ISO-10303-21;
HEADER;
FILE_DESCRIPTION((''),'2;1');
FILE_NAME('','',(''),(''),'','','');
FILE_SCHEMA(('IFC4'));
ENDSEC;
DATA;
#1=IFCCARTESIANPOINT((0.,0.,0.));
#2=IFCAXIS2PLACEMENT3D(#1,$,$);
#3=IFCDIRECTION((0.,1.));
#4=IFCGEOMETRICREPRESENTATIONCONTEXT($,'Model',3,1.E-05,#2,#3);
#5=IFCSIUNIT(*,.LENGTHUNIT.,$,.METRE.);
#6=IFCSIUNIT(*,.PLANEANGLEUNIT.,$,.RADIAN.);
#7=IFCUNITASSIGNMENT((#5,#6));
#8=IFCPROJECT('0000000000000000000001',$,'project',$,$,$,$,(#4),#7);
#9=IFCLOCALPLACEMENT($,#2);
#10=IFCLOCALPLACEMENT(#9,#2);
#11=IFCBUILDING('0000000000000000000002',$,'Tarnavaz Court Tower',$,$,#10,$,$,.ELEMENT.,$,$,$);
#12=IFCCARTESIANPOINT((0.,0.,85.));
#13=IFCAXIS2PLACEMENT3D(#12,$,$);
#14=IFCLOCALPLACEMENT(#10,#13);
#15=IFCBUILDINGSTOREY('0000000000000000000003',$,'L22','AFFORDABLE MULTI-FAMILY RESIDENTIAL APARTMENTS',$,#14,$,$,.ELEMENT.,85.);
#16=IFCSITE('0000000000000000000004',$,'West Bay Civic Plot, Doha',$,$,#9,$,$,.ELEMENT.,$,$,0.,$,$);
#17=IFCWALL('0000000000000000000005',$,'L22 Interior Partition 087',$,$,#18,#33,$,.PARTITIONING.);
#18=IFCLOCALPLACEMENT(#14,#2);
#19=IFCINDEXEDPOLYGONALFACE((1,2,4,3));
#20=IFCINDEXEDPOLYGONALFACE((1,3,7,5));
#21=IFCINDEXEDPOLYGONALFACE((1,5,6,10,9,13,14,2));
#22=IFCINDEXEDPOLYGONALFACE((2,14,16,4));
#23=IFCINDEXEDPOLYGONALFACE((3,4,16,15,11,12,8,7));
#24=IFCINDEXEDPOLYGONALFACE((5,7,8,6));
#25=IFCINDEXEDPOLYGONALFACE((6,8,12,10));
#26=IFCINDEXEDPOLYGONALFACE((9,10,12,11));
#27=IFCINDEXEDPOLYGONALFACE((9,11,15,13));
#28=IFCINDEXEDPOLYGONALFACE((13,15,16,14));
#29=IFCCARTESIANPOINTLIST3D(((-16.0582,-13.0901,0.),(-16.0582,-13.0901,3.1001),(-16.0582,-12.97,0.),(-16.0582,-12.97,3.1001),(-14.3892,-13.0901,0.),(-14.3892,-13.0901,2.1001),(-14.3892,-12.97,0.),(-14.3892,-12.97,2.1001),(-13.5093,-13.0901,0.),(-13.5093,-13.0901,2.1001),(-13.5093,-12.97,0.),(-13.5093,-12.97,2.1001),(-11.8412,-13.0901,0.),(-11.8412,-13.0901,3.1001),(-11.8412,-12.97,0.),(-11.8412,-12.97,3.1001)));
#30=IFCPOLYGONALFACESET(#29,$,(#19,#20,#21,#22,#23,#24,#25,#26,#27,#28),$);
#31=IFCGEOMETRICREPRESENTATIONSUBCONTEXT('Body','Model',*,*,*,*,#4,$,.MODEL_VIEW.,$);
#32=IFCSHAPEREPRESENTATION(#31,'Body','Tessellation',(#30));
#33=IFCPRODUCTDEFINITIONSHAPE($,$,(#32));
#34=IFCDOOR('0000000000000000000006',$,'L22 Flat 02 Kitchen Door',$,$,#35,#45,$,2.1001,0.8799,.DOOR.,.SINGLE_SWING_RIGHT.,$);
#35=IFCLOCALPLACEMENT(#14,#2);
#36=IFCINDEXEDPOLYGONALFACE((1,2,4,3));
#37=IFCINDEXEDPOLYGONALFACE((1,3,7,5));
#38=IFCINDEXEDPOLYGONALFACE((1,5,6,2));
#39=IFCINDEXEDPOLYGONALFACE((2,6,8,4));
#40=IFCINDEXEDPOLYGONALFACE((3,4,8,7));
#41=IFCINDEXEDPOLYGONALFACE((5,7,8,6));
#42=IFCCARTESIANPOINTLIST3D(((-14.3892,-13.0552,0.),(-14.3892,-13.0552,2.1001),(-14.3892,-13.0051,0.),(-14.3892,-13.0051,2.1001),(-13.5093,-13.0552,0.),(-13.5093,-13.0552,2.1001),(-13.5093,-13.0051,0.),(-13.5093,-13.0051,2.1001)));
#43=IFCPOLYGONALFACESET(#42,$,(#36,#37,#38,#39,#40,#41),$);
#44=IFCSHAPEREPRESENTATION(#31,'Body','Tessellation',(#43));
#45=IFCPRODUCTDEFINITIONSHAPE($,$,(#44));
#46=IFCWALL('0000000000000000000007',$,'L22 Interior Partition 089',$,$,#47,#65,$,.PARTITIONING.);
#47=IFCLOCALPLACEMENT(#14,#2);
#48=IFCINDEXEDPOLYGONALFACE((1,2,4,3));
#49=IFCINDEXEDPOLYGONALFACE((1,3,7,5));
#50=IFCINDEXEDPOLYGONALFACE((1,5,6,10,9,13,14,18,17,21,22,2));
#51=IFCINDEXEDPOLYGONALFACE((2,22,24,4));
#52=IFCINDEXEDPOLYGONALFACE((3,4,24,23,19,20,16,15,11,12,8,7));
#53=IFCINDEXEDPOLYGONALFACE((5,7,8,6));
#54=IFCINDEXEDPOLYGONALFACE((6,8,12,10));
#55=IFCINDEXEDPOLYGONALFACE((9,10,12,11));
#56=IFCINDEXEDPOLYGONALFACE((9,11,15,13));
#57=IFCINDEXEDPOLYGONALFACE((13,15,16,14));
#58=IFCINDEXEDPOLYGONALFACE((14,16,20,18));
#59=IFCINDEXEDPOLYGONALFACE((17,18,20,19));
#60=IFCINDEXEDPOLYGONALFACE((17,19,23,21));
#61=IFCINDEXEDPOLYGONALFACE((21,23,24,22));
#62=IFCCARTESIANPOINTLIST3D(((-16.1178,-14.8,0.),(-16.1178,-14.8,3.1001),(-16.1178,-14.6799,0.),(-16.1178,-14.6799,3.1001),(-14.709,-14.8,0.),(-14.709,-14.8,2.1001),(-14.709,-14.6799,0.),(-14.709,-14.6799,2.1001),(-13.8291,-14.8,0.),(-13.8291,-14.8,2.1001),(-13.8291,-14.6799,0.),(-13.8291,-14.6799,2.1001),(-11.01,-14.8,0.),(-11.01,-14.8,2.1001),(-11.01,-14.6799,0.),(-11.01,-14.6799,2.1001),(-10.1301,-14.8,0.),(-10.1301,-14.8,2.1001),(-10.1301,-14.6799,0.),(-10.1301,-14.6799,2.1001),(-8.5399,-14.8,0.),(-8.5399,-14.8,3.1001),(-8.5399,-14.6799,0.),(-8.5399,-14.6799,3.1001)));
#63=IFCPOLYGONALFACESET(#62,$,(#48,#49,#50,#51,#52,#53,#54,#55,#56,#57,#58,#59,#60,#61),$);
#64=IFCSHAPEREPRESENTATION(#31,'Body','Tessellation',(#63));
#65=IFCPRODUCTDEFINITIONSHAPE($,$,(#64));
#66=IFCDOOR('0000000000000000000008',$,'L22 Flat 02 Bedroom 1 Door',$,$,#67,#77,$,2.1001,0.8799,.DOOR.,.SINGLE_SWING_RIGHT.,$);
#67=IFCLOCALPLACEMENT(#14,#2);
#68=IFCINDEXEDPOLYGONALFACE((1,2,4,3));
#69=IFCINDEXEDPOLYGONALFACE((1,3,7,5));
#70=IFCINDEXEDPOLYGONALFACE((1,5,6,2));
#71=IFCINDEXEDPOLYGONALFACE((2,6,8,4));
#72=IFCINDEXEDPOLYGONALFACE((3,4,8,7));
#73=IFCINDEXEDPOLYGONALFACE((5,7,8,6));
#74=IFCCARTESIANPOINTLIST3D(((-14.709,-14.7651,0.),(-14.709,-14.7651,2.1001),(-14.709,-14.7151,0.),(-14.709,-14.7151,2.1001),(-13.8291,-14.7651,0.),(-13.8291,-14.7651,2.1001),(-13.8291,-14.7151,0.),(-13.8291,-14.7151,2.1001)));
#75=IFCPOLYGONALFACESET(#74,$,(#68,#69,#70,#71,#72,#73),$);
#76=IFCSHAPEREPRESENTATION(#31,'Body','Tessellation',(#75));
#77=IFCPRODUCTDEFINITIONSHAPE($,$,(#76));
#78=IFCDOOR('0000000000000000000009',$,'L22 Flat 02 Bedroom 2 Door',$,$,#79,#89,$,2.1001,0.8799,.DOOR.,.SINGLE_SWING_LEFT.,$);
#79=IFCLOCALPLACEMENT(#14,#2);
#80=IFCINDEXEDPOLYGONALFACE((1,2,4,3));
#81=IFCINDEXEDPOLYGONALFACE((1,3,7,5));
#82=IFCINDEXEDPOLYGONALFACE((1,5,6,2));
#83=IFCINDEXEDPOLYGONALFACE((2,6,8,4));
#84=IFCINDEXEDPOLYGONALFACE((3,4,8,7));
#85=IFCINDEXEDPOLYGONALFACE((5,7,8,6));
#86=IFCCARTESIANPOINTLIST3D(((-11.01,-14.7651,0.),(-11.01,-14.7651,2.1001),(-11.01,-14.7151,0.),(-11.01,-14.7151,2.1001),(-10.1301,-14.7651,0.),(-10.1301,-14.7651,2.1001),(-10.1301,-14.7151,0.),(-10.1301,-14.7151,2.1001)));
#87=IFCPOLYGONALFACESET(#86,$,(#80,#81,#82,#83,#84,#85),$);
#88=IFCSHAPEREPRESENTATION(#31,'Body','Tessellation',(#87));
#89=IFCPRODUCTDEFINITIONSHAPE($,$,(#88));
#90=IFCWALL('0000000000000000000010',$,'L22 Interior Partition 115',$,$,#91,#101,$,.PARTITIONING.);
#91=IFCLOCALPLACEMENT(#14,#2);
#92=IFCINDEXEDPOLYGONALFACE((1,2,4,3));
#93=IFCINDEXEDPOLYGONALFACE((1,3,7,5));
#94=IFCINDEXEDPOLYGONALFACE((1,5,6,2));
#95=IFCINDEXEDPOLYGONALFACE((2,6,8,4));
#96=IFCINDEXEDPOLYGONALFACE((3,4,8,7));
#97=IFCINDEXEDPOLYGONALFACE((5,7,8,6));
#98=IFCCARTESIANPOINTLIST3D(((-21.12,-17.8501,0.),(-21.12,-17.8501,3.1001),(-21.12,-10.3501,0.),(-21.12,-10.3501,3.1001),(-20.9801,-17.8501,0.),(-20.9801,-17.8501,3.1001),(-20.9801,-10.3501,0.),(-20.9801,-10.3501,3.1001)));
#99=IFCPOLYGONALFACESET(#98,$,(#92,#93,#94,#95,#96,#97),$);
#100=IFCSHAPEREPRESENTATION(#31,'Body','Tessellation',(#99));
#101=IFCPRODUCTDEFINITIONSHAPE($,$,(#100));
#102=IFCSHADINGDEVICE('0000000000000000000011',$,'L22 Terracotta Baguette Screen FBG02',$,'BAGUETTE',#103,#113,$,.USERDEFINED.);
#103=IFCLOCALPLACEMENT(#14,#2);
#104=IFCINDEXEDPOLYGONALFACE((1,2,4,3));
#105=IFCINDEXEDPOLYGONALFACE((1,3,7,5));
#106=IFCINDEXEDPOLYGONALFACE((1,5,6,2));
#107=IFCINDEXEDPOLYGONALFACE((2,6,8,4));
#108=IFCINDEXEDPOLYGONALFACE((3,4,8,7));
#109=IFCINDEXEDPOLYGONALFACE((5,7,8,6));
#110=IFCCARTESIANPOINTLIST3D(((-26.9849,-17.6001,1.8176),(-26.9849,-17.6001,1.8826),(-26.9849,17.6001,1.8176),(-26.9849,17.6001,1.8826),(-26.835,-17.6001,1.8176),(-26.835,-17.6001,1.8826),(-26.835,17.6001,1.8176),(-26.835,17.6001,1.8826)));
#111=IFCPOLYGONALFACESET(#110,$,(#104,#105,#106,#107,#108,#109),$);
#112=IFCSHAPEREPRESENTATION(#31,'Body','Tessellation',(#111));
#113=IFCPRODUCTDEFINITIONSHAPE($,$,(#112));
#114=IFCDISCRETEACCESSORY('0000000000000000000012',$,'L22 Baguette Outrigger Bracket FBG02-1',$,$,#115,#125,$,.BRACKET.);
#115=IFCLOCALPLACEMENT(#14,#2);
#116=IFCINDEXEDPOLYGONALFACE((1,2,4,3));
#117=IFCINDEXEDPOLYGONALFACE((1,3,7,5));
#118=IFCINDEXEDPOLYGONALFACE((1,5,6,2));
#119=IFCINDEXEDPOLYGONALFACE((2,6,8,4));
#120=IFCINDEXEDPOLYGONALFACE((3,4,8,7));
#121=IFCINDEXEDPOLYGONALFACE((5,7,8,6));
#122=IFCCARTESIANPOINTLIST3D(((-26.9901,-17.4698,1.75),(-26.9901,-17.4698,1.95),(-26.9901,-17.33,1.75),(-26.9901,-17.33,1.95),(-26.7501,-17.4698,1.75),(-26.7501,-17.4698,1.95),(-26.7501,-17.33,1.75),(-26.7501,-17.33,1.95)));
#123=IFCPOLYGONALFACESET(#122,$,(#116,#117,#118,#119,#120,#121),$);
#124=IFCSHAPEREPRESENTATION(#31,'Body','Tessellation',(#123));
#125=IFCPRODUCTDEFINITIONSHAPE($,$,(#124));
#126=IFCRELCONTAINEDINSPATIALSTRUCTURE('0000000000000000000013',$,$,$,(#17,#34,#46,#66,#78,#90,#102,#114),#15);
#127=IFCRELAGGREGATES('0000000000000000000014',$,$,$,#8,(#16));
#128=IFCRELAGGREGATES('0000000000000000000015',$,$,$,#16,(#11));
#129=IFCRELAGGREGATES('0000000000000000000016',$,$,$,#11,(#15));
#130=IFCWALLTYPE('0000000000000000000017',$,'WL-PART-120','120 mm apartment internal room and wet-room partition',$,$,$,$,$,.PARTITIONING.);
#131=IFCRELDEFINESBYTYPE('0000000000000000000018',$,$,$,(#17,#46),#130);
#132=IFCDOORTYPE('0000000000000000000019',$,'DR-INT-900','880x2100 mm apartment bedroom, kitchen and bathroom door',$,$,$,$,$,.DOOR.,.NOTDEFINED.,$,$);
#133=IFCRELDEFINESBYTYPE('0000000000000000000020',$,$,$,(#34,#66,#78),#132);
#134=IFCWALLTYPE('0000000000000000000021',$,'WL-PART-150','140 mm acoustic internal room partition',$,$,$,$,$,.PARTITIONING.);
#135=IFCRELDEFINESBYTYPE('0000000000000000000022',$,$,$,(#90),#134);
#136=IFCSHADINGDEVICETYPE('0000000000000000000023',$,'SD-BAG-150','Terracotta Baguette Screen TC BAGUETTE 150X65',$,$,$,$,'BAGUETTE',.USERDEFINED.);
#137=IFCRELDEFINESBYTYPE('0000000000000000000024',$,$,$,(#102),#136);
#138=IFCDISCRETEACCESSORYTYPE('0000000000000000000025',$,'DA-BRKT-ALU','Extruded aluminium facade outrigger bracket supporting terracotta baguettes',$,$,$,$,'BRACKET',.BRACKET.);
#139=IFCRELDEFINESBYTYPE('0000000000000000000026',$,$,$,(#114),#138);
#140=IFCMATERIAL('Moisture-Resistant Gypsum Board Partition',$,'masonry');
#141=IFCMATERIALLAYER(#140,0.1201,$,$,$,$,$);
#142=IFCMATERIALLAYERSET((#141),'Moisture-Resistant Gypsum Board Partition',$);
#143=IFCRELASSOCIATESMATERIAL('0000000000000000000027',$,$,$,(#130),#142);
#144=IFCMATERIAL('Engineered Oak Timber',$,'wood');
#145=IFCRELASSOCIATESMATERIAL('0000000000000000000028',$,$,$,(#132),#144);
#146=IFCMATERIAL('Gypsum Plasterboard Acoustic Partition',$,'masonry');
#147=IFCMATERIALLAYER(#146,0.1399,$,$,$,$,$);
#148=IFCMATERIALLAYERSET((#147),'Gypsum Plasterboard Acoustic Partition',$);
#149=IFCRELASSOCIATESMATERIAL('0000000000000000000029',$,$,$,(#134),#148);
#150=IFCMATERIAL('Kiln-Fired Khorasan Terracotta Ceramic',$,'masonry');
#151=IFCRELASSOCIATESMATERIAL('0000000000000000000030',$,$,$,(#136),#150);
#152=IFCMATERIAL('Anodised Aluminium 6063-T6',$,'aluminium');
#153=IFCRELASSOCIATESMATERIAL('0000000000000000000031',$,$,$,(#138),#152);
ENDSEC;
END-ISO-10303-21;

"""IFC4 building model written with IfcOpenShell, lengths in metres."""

from ifc_helpers import new_model, si_unit, direction, frame, frame_2d, origin, origin_2d, place, context, subcontext, project, spatial, rectangle, extrude, material, layer, layer_set, material_profile, profile_set, type_object, element, fill, save


model = new_model("IFC4")

# Units and contexts
model_context = context("Model", 3, precision=1e-05, world=origin(), true_north=direction((0.0, 1.0)))
body_context = subcontext(model_context, "Body", "Model", "MODEL_VIEW")
ifc_project = project(units=[si_unit("LENGTHUNIT", "METRE"), si_unit("PLANEANGLEUNIT", "RADIAN")], contexts=[model_context])

# Site, building, storey
site_placement = place(None, origin())
site = spatial("IfcSite", under=ifc_project, at=site_placement, Name="West Bay Civic Plot, Doha", CompositionType="ELEMENT", RefElevation=0.0)
building_placement = place(site_placement, origin())
building = spatial("IfcBuilding", under=site, at=building_placement, Name="Tarnavaz Court Tower", CompositionType="ELEMENT")
storey_placement = place(building_placement, frame((0.0, 0.0, 85.0)))
storey = spatial("IfcBuildingStorey", under=building, at=storey_placement, Name="L22", Description="AFFORDABLE MULTI-FAMILY RESIDENTIAL APARTMENTS", CompositionType="ELEMENT", Elevation=85.0)

# Wall, opening, door
ifc_material_1 = material(Name="Engineered Oak Timber", Category="wood")
ifc_material_2 = material(Name="Moisture-Resistant Gypsum Board Partition", Category="masonry")
ifc_layer_1 = layer(ifc_material_2, 0.1201)
ifc_layer_set_1 = layer_set([ifc_layer_1], Name="Moisture-Resistant Gypsum Board Partition")
wall_type_1 = type_object("IfcWallType", Name="WL-PART-120", Description="120 mm apartment internal room and wet-room partition", PredefinedType="PARTITIONING", material=ifc_layer_set_1)
wall_1_placement = place(storey_placement, frame((-16.0581, -13.03, 0.0), z_axis=(0.0, 0.0, 1.0), x_axis=(1.0, 0.0, 0.0)))
wall_1 = element("IfcWall", 1, at=wall_1_placement, inside=storey, type_object=wall_type_1, Name="L22 Interior Partition 087", PredefinedType="PARTITIONING", context=body_context, shape_type="SweptSolid", body=[
    extrude(rectangle(XDim=4.217, YDim=0.1201, at=frame_2d((2.1084, 0.0))), origin(), (0.0, 0.0, 1.0), 3.1001),
])
opening_1_placement = place(wall_1_placement, frame((1.6689, 0.0, 0.0)))
opening_1 = element("IfcOpeningElement", 2, at=opening_1_placement, cuts=wall_1, PredefinedType="OPENING", context=body_context, shape_type="SweptSolid", body=[
    extrude(rectangle(XDim=0.8799, YDim=2.1001, at=frame_2d((0.4399, 1.05))), frame((0.0, 0.0701, 0.0), z_axis=(0.0, -1.0, 0.0), x_axis=(1.0, 0.0, 0.0)), (0.0, 0.0, 1.0), 0.1401),
])
door_type_1 = type_object("IfcDoorType", Name="DR-INT-900", Description="880x2100 mm apartment bedroom, kitchen and bathroom door", OperationType="NOTDEFINED", PredefinedType="DOOR", material=ifc_material_1)
door_1_placement = place(opening_1_placement, origin())
door_1 = element("IfcDoor", 3, at=door_1_placement, inside=storey, type_object=door_type_1, Name="L22 Flat 02 Kitchen Door", OperationType="SINGLE_SWING_RIGHT", OverallHeight=2.1001, OverallWidth=0.8799, PredefinedType="DOOR", context=body_context, shape_type="SweptSolid", body=[
    extrude(rectangle(XDim=0.8799, YDim=2.1001, at=frame_2d((0.4399, 1.05))), frame((0.0, 0.0249, 0.0), z_axis=(0.0, -1.0, 0.0), x_axis=(1.0, 0.0, 0.0)), (0.0, 0.0, 1.0), 0.05),
])
fill(opening_1, door_1)

# Wall, openings, doors
wall_2_placement = place(storey_placement, frame((-16.1179, -14.74, 0.0), z_axis=(0.0, 0.0, 1.0), x_axis=(1.0, 0.0, 0.0)))
wall_2 = element("IfcWall", 4, at=wall_2_placement, inside=storey, type_object=wall_type_1, Name="L22 Interior Partition 089", PredefinedType="PARTITIONING", context=body_context, shape_type="SweptSolid", body=[
    extrude(rectangle(XDim=7.5779, YDim=0.1201, at=frame_2d((3.7891, 0.0))), origin(), (0.0, 0.0, 1.0), 3.1001),
])
opening_2_placement = place(wall_2_placement, frame((1.4089, 0.0, 0.0)))
opening_2 = element("IfcOpeningElement", 5, at=opening_2_placement, cuts=wall_2, PredefinedType="OPENING", context=body_context, shape_type="SweptSolid", body=[
    extrude(rectangle(XDim=0.8799, YDim=2.1001, at=frame_2d((0.4399, 1.05))), frame((0.0, 0.0701, 0.0), z_axis=(0.0, -1.0, 0.0), x_axis=(1.0, 0.0, 0.0)), (0.0, 0.0, 1.0), 0.1401),
])
opening_3_placement = place(wall_2_placement, frame((5.1079, 0.0, 0.0)))
opening_3 = element("IfcOpeningElement", 6, at=opening_3_placement, cuts=wall_2, PredefinedType="OPENING", context=body_context, shape_type="SweptSolid", body=[
    extrude(rectangle(XDim=0.8799, YDim=2.1001, at=frame_2d((0.4399, 1.05))), frame((0.0, 0.0701, 0.0), z_axis=(0.0, -1.0, 0.0), x_axis=(1.0, 0.0, 0.0)), (0.0, 0.0, 1.0), 0.1401),
])
door_2_placement = place(opening_2_placement, origin())
door_2 = element("IfcDoor", 7, at=door_2_placement, inside=storey, type_object=door_type_1, Name="L22 Flat 02 Bedroom 1 Door", OperationType="SINGLE_SWING_RIGHT", OverallHeight=2.1001, OverallWidth=0.8799, PredefinedType="DOOR", context=body_context, shape_type="SweptSolid", body=[
    extrude(rectangle(XDim=0.8799, YDim=2.1001, at=frame_2d((0.4399, 1.05))), frame((0.0, 0.0249, 0.0), z_axis=(0.0, -1.0, 0.0), x_axis=(1.0, 0.0, 0.0)), (0.0, 0.0, 1.0), 0.05),
])
fill(opening_2, door_2)
door_3_placement = place(opening_3_placement, origin())
door_3 = element("IfcDoor", 8, at=door_3_placement, inside=storey, type_object=door_type_1, Name="L22 Flat 02 Bedroom 2 Door", OperationType="SINGLE_SWING_LEFT", OverallHeight=2.1001, OverallWidth=0.8799, PredefinedType="DOOR", context=body_context, shape_type="SweptSolid", body=[
    extrude(rectangle(XDim=0.8799, YDim=2.1001, at=frame_2d((0.4399, 1.05))), frame((0.0, 0.0249, 0.0), z_axis=(0.0, -1.0, 0.0), x_axis=(1.0, 0.0, 0.0)), (0.0, 0.0, 1.0), 0.05),
])
fill(opening_3, door_3)

# Wall
ifc_material_3 = material(Name="Gypsum Plasterboard Acoustic Partition", Category="masonry")
ifc_layer_2 = layer(ifc_material_3, 0.1399)
ifc_layer_set_2 = layer_set([ifc_layer_2], Name="Gypsum Plasterboard Acoustic Partition")
wall_type_2 = type_object("IfcWallType", Name="WL-PART-150", Description="140 mm acoustic internal room partition", PredefinedType="PARTITIONING", material=ifc_layer_set_2)
wall_3_placement = place(storey_placement, frame((-21.05, -17.8501, 0.0), z_axis=(0.0, 0.0, 1.0), x_axis=(0.0, 1.0, 0.0)))
element("IfcWall", 9, at=wall_3_placement, inside=storey, type_object=wall_type_2, Name="L22 Interior Partition 115", PredefinedType="PARTITIONING", context=body_context, shape_type="SweptSolid", body=[
    extrude(rectangle(XDim=7.5, YDim=0.1399, at=frame_2d((3.75, 0.0))), origin(), (0.0, 0.0, 1.0), 3.1001),
])

# Shading device
ifc_material_4 = material(Name="Kiln-Fired Khorasan Terracotta Ceramic", Category="masonry")
ifc_material_profile_1 = material_profile(ifc_material_4, rectangle(XDim=0.1499, YDim=0.0649, at=origin_2d()), Name="TC BAGUETTE 150X65")
ifc_profile_set_1 = profile_set([ifc_material_profile_1], Name="Kiln-Fired Khorasan Terracotta Ceramic")
shading_device_type = type_object("IfcShadingDeviceType", Name="SD-BAG-150", Description="Terracotta Baguette Screen TC BAGUETTE 150X65", ElementType="BAGUETTE", PredefinedType="USERDEFINED", material=ifc_profile_set_1)
shading_device_placement = place(storey_placement, frame((-26.9099, -17.6001, 1.8501), z_axis=(0.0, 1.0, 0.0), x_axis=(-1.0, 0.0, 0.0)))
element("IfcShadingDevice", 10, at=shading_device_placement, inside=storey, type_object=shading_device_type, Name="L22 Terracotta Baguette Screen FBG02", ObjectType="BAGUETTE", PredefinedType="USERDEFINED", context=body_context, shape_type="SweptSolid", body=[
    extrude(rectangle(XDim=0.1499, YDim=0.0649, at=origin_2d()), origin(), (0.0, 0.0, 1.0), 35.2002),
])

# Discrete accessory
ifc_material_5 = material(Name="Anodised Aluminium 6063-T6", Category="aluminium")
discrete_accessory_type = type_object("IfcDiscreteAccessoryType", Name="DA-BRKT-ALU", Description="Extruded aluminium facade outrigger bracket supporting terracotta baguettes", ElementType="BRACKET", PredefinedType="BRACKET", material=ifc_material_5)
discrete_accessory_placement = place(storey_placement, frame((-26.8701, -17.3999, 1.75), z_axis=(0.0, 0.0, 1.0), x_axis=(0.0, 1.0, 0.0)))
element("IfcDiscreteAccessory", 11, at=discrete_accessory_placement, inside=storey, type_object=discrete_accessory_type, Name="L22 Baguette Outrigger Bracket FBG02-1", PredefinedType="BRACKET", context=body_context, shape_type="SweptSolid", body=[
    extrude(rectangle(XDim=0.1399, YDim=0.24, at=origin_2d()), origin(), (0.0, 0.0, 1.0), 0.2),
])

save(model, "model.ifc")
